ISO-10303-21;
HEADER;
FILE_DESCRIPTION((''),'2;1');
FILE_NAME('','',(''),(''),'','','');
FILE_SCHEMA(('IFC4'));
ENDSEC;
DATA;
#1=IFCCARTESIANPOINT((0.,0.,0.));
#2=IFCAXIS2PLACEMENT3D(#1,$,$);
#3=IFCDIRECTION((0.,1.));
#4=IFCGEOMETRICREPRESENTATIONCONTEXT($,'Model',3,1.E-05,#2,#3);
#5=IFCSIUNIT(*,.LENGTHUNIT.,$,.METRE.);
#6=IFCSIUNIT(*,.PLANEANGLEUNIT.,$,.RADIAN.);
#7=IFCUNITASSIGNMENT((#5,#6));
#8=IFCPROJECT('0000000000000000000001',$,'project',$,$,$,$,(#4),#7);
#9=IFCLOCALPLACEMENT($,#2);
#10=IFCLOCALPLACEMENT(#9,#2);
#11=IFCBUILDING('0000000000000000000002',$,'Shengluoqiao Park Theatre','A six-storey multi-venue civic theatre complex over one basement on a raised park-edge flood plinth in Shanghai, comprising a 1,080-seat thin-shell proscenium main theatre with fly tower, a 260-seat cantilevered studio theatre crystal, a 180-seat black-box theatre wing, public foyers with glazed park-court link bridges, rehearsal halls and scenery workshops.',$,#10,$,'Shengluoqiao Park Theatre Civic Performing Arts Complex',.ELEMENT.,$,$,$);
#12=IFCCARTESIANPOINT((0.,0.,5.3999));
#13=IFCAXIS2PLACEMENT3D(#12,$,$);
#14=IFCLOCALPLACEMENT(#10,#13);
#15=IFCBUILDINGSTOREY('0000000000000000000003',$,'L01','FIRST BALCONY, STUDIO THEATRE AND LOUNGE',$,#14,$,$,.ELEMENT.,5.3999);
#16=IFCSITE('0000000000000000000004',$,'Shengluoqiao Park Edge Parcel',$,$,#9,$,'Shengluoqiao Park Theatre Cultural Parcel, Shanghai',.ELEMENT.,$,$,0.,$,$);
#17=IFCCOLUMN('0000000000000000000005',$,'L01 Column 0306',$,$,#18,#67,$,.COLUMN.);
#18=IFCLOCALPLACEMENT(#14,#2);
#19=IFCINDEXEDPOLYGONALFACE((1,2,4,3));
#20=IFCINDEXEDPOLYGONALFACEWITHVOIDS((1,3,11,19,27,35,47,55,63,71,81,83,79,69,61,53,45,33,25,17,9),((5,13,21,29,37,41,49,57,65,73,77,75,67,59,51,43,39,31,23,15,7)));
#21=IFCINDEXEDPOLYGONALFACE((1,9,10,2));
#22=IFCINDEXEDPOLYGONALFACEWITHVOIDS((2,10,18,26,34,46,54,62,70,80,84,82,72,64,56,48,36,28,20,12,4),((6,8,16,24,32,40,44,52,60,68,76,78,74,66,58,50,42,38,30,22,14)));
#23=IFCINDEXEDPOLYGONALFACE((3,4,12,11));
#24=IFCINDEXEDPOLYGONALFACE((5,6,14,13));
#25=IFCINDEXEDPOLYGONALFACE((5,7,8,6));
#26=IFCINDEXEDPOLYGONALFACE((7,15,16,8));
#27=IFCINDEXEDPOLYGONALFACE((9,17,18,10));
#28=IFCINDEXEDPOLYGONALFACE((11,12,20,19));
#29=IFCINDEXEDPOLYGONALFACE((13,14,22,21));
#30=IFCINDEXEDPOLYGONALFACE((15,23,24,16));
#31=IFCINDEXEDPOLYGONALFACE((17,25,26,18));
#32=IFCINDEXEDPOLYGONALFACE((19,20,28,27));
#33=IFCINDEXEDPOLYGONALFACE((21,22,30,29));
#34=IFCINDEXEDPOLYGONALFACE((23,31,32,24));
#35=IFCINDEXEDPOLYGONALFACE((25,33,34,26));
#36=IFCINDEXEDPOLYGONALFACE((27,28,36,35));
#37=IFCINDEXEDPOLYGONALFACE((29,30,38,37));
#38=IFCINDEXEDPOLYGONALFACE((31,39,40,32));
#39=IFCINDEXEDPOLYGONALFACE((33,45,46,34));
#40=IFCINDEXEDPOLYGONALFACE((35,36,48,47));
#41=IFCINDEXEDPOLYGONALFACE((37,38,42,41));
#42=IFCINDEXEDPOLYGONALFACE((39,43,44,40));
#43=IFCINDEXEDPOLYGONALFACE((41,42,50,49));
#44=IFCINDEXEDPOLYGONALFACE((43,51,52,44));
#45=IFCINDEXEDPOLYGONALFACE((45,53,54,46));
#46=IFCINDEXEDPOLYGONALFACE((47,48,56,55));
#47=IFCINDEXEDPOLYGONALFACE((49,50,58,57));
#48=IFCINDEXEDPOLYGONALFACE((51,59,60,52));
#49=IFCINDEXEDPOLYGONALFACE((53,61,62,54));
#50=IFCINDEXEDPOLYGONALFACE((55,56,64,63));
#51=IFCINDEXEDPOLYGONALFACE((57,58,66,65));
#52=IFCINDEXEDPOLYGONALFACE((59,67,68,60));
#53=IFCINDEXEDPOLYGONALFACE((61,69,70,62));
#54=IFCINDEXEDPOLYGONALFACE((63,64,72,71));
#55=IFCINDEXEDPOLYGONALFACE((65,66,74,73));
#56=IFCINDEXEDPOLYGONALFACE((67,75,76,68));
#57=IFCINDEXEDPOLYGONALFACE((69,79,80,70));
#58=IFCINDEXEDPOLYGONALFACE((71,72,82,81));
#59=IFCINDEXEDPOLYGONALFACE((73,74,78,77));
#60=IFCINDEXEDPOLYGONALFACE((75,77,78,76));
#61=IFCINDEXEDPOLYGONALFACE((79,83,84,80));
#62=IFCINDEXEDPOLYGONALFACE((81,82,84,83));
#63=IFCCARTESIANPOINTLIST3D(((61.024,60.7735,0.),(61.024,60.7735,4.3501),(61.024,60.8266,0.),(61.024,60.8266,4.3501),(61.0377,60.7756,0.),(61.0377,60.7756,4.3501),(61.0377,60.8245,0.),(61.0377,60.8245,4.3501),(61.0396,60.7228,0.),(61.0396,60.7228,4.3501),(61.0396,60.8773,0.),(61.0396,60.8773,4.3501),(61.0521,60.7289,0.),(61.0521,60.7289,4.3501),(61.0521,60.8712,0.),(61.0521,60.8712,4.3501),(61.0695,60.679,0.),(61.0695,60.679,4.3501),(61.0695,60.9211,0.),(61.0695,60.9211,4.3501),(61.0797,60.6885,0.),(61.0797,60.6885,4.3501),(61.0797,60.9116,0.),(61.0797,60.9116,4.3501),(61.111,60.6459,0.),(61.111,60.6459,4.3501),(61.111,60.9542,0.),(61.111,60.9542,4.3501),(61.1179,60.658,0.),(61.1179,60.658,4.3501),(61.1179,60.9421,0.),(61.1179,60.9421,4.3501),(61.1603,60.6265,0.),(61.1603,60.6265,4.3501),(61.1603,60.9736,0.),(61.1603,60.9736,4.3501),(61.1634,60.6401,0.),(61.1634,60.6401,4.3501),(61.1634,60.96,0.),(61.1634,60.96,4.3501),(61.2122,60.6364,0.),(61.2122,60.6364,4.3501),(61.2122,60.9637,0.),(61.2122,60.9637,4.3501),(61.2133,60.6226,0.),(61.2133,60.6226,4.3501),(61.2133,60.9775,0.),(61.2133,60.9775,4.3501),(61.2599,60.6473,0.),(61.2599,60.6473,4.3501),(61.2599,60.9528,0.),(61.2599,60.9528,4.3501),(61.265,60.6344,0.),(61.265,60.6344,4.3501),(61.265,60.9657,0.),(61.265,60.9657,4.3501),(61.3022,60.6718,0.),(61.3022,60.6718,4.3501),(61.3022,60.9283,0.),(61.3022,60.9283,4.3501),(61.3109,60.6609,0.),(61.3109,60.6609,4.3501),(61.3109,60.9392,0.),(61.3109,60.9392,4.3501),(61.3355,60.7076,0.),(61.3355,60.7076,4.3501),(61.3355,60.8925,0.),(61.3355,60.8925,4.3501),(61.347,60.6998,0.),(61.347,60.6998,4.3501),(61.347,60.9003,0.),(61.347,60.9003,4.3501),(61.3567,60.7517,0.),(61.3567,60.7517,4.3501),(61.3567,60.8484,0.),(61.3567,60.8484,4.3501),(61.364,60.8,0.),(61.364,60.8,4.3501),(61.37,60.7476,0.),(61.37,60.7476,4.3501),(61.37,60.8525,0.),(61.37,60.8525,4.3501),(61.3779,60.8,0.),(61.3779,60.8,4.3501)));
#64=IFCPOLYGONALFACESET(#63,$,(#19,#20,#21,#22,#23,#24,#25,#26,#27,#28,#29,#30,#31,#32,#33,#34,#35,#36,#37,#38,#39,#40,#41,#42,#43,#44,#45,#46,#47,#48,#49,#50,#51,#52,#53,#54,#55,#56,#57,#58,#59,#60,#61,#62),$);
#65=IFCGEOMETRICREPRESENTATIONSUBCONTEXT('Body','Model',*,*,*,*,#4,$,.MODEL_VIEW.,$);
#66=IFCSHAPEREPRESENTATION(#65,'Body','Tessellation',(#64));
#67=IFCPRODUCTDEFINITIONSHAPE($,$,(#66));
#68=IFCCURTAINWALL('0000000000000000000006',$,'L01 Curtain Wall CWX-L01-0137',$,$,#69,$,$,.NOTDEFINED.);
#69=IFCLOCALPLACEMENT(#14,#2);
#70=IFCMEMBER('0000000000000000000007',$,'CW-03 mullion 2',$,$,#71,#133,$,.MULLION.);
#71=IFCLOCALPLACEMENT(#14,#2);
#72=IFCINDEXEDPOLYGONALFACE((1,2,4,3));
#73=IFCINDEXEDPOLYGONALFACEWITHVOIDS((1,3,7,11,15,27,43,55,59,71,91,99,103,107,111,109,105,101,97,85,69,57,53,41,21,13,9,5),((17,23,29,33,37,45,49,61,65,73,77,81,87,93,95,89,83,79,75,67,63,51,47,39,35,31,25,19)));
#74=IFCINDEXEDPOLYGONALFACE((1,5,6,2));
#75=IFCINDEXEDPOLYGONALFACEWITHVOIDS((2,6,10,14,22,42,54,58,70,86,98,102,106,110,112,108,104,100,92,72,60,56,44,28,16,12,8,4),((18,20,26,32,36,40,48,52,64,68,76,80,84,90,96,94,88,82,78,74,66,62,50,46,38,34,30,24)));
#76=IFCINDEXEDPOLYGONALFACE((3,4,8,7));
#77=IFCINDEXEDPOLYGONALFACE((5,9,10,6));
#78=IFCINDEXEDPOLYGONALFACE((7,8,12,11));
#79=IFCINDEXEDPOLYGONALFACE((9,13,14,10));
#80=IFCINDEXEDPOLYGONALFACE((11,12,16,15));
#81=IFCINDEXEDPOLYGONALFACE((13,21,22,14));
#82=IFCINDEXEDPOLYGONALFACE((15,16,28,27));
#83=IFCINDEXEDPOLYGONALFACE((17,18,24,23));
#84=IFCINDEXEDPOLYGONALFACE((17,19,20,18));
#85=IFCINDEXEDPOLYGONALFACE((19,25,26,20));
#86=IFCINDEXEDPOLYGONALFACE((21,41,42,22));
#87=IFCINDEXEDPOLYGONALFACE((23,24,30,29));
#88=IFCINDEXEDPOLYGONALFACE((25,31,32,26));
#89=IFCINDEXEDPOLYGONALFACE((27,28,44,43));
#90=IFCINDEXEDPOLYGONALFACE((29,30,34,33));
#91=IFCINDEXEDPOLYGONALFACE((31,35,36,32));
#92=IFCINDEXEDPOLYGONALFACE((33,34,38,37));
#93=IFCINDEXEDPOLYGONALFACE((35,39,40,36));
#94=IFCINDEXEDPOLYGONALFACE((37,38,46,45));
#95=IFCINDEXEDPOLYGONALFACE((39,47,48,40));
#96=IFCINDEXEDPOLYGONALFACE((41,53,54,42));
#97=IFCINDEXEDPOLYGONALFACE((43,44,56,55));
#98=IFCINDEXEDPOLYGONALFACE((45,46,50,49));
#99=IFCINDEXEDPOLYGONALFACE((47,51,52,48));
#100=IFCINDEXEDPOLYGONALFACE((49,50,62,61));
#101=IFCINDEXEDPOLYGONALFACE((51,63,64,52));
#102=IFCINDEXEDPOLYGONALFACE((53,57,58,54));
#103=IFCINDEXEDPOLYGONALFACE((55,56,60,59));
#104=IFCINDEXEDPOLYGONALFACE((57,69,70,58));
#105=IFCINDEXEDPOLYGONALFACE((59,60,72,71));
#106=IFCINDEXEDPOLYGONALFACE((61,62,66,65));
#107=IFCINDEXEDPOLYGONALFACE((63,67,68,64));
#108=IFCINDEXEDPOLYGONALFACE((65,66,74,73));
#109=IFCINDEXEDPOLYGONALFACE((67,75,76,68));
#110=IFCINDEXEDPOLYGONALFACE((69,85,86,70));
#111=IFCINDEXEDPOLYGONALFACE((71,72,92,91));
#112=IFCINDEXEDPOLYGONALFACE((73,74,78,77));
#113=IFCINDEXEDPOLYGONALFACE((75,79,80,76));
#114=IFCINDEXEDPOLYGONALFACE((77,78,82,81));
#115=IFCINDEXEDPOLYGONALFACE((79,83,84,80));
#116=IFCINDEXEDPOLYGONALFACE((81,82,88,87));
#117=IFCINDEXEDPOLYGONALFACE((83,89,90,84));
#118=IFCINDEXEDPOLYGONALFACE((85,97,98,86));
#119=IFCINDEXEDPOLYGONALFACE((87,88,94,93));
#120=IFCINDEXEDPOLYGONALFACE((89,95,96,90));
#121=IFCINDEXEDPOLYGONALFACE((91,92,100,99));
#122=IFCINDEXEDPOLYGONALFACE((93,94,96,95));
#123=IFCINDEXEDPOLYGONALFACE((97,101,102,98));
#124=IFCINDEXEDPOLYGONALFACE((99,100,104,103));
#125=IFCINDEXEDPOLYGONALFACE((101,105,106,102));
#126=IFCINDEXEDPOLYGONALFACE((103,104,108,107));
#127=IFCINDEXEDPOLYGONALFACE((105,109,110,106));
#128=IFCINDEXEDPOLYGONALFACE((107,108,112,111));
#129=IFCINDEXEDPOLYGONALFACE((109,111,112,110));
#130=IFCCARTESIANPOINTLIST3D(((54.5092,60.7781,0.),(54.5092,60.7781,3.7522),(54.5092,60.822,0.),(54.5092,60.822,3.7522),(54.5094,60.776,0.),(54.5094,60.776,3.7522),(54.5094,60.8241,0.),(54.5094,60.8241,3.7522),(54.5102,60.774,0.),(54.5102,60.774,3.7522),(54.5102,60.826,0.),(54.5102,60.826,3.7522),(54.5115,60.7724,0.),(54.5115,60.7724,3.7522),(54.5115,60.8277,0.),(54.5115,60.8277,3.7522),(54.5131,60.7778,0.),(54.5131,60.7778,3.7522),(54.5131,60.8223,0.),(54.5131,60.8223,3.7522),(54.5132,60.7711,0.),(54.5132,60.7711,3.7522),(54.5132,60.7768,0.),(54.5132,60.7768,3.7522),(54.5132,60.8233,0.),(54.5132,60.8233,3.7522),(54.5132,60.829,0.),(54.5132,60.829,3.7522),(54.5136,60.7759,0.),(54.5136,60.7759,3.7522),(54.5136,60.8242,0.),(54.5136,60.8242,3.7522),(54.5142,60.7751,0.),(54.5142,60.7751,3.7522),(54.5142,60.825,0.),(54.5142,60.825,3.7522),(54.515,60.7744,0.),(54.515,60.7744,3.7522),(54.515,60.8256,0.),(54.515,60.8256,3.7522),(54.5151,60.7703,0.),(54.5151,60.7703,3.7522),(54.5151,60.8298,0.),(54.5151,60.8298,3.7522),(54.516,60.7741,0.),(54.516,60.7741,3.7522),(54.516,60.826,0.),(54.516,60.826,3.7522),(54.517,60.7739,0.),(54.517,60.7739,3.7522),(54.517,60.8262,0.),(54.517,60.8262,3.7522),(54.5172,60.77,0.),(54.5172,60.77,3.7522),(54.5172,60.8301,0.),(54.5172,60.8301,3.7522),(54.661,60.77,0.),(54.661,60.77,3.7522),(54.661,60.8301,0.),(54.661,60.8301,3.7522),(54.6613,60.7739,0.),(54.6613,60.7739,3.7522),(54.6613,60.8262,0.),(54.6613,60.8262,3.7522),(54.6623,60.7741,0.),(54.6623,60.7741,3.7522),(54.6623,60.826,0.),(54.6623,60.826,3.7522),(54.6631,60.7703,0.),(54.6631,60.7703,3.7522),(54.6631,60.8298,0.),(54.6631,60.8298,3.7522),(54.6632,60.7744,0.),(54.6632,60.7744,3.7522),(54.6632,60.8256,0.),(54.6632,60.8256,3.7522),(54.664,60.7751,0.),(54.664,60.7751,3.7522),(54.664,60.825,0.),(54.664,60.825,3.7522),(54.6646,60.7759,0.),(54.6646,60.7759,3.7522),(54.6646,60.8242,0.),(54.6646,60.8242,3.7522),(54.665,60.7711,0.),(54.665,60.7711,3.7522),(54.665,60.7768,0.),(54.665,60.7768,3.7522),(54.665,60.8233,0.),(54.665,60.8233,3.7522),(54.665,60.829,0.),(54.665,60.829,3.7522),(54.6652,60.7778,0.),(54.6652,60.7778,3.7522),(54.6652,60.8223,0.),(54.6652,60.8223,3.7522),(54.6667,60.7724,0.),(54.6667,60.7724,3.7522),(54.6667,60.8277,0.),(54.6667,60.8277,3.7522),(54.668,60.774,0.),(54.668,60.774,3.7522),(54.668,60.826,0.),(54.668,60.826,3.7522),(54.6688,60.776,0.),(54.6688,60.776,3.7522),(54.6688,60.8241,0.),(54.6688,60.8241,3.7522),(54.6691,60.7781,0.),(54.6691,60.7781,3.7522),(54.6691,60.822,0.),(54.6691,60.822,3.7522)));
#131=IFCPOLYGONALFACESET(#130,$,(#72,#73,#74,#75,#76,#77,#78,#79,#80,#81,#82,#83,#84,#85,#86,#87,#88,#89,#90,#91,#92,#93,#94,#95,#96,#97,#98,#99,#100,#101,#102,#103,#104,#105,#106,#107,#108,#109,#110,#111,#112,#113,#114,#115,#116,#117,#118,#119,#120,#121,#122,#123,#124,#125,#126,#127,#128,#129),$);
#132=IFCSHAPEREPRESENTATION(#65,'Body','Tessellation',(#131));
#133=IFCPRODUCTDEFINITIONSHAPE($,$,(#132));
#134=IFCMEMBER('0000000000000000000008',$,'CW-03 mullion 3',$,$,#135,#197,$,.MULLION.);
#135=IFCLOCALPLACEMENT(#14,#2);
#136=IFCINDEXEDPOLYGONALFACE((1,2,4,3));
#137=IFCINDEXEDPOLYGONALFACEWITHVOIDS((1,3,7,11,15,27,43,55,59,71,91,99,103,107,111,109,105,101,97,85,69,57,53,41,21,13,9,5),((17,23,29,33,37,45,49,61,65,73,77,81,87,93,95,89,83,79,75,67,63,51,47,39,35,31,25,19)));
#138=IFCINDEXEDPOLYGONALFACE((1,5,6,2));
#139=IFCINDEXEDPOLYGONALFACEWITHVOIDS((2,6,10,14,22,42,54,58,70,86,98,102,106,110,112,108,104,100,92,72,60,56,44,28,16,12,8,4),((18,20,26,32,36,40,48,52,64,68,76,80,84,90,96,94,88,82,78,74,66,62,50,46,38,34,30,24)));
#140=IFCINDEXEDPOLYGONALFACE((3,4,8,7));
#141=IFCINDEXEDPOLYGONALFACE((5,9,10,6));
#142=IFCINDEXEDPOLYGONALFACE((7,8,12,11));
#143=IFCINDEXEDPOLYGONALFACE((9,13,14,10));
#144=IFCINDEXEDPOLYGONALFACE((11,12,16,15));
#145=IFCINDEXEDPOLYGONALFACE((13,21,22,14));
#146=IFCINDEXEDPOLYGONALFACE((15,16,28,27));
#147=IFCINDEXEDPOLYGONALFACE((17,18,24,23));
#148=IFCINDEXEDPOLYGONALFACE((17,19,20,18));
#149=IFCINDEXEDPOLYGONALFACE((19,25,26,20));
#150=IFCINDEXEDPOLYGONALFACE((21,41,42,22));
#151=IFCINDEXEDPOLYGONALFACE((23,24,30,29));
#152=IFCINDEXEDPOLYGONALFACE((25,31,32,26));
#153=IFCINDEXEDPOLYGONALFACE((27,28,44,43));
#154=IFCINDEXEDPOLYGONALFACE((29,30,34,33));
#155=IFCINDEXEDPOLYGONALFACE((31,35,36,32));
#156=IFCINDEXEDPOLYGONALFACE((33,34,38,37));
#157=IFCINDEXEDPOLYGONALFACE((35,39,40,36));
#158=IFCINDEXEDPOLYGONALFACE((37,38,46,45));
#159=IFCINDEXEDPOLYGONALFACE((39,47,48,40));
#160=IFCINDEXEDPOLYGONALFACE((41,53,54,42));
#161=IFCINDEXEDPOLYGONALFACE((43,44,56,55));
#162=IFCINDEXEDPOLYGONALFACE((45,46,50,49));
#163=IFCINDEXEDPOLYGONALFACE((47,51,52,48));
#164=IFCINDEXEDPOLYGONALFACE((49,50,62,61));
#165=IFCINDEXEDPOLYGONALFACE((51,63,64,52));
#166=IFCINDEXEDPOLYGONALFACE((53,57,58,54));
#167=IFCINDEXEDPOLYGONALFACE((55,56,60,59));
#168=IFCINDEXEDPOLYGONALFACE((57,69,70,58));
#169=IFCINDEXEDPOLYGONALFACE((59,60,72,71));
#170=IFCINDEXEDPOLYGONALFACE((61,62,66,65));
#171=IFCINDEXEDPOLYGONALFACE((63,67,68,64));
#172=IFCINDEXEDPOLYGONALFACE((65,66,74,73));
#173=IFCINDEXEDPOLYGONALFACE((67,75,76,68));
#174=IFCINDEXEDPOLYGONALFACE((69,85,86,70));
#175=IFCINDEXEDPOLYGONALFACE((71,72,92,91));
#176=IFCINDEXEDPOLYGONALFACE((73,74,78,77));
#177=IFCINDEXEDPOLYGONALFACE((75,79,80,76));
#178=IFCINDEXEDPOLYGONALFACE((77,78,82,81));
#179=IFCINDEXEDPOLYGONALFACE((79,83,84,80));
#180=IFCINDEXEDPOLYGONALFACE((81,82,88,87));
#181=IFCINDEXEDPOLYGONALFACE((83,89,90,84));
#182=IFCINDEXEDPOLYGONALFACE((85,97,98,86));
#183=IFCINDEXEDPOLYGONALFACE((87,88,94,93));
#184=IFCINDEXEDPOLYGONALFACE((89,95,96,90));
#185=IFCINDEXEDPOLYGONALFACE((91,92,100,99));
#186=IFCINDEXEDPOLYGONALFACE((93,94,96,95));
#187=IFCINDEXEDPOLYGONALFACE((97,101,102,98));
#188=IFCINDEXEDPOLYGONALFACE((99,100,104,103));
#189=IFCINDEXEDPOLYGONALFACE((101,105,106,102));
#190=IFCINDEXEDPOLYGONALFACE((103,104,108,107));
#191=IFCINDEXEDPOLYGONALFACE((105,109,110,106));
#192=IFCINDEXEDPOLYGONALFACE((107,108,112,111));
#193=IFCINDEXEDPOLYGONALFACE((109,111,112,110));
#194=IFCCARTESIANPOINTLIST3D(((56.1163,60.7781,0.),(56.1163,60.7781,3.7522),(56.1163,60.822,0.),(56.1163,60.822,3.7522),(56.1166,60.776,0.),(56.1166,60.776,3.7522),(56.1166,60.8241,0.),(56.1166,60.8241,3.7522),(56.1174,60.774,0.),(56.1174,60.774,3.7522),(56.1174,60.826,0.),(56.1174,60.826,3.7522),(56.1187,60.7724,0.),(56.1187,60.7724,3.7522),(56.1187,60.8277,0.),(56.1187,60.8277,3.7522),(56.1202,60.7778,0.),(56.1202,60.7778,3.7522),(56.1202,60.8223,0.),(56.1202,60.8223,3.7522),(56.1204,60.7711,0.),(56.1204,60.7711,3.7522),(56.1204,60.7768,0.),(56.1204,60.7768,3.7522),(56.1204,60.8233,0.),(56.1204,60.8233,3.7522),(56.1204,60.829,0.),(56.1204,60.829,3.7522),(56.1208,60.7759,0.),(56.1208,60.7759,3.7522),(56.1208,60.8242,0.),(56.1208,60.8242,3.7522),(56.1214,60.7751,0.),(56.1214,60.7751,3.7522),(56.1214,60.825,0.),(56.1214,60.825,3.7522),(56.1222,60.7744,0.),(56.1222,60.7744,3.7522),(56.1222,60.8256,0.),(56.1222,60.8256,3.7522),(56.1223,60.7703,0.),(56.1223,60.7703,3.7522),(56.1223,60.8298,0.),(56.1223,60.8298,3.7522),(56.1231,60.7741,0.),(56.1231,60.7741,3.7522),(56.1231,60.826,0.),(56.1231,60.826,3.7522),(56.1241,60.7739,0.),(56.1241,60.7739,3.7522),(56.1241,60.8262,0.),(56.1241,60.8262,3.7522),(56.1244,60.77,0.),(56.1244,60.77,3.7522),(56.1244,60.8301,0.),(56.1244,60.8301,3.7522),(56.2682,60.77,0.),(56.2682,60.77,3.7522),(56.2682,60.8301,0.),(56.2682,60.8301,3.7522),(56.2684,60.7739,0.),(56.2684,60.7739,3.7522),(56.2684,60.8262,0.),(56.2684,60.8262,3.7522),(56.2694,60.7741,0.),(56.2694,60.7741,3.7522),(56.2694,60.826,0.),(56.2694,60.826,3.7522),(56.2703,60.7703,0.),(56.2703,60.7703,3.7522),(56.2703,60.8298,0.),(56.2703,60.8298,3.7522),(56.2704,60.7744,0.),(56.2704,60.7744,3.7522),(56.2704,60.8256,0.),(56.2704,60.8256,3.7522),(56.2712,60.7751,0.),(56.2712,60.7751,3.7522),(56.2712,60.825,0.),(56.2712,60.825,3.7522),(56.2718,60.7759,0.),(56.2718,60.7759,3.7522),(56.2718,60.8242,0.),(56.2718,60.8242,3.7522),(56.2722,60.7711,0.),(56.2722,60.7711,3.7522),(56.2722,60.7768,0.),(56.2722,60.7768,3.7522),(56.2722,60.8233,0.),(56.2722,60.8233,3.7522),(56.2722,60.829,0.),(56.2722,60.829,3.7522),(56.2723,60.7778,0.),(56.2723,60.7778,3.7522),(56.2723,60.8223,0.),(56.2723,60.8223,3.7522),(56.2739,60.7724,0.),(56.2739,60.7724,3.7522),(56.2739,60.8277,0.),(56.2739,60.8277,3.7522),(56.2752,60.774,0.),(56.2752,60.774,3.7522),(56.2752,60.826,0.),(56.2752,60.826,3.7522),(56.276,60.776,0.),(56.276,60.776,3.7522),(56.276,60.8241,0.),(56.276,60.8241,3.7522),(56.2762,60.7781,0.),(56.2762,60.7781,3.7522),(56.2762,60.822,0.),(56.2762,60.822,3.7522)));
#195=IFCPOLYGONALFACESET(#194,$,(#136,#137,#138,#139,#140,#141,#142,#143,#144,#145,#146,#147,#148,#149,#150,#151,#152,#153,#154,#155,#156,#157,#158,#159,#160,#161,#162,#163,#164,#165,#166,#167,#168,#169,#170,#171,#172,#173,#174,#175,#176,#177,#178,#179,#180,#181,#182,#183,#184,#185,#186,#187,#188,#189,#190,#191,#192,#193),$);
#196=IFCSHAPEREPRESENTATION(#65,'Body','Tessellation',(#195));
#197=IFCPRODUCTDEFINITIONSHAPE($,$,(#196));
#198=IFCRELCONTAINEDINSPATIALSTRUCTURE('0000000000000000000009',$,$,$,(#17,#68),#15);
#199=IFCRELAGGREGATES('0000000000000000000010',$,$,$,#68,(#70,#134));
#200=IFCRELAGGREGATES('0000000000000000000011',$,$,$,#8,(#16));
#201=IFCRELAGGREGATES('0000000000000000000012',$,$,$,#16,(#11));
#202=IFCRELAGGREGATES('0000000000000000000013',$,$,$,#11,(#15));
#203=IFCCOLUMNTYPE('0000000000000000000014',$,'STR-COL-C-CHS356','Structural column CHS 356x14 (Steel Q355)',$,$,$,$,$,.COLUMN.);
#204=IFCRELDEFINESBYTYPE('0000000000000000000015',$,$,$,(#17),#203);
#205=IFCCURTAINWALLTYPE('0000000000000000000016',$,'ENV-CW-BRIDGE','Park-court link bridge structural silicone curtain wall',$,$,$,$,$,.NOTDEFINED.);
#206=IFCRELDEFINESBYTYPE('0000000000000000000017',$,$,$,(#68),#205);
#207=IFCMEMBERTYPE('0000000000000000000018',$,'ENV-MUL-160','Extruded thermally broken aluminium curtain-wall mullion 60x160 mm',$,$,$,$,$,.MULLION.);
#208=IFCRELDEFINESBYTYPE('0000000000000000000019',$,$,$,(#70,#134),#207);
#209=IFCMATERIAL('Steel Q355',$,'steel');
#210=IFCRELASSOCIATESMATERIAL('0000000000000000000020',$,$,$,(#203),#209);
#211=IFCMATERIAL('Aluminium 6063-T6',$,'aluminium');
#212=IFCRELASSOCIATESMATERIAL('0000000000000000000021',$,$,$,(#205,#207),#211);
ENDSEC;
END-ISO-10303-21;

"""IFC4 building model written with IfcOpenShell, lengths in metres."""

from ifc_helpers import new_model, si_unit, direction, frame, origin, origin_2d, place, context, subcontext, project, spatial, hollow_rectangle, hollow_circle, extrude, material, material_profile, profile_set, type_object, element, aggregate, save


model = new_model("IFC4")

# Units and contexts
model_context = context("Model", 3, precision=1e-05, world=origin(), true_north=direction((0.0, 1.0)))
body_context = subcontext(model_context, "Body", "Model", "MODEL_VIEW")
ifc_project = project(units=[si_unit("LENGTHUNIT", "METRE"), si_unit("PLANEANGLEUNIT", "RADIAN")], contexts=[model_context])

# Site, building, storey
site_placement = place(None, origin())
site = spatial("IfcSite", under=ifc_project, at=site_placement, Name="Shengluoqiao Park Edge Parcel", LongName="Shengluoqiao Park Theatre Cultural Parcel, Shanghai", CompositionType="ELEMENT", RefElevation=0.0)
building_placement = place(site_placement, origin())
building = spatial("IfcBuilding", under=site, at=building_placement, Name="Shengluoqiao Park Theatre", Description="A six-storey multi-venue civic theatre complex over one basement on a raised park-edge flood plinth in Shanghai, comprising a 1,080-seat thin-shell proscenium main theatre with fly tower, a 260-seat cantilevered studio theatre crystal, a 180-seat black-box theatre wing, public foyers with glazed park-court link bridges, rehearsal halls and scenery workshops.", LongName="Shengluoqiao Park Theatre Civic Performing Arts Complex", CompositionType="ELEMENT")
storey_placement = place(building_placement, frame((0.0, 0.0, 5.3999)))
storey = spatial("IfcBuildingStorey", under=building, at=storey_placement, Name="L01", Description="FIRST BALCONY, STUDIO THEATRE AND LOUNGE", CompositionType="ELEMENT", Elevation=5.3999)

# Column
ifc_material_1 = material(Name="Steel Q355", Category="steel")
ifc_material_profile_1 = material_profile(ifc_material_1, hollow_circle(Radius=0.178, WallThickness=0.0139, at=origin_2d()), Name="CHS 356x14")
ifc_profile_set_1 = profile_set([ifc_material_profile_1], Name="Steel Q355")
column_type = type_object("IfcColumnType", Name="STR-COL-C-CHS356", Description="Structural column CHS 356x14 (Steel Q355)", PredefinedType="COLUMN", material=ifc_profile_set_1)
column_placement = place(storey_placement, frame((61.2, 60.8, 0.0), z_axis=(0.0, 0.0, 1.0), x_axis=(1.0, 0.0, 0.0)))
element("IfcColumn", 1, at=column_placement, inside=storey, type_object=column_type, Name="L01 Column 0306", PredefinedType="COLUMN", context=body_context, shape_type="SweptSolid", body=[
    extrude(hollow_circle(Radius=0.178, WallThickness=0.0139, at=origin_2d()), origin(), (0.0, 0.0, 1.0), 4.3501),
])

# Curtain wall, members
ifc_material_2 = material(Name="Aluminium 6063-T6", Category="aluminium")
curtain_wall_type_1 = type_object("IfcCurtainWallType", Name="ENV-CW-BRIDGE", Description="Park-court link bridge structural silicone curtain wall", PredefinedType="NOTDEFINED", material=ifc_material_2)
curtain_wall_1_placement = place(storey_placement, origin())
curtain_wall_1 = element("IfcCurtainWall", 2, at=curtain_wall_1_placement, inside=storey, type_object=curtain_wall_type_1, Name="L01 Curtain Wall CWX-L01-0137", PredefinedType="NOTDEFINED")
ifc_material_profile_2 = material_profile(ifc_material_2, hollow_rectangle(XDim=0.0601, YDim=0.1599, WallThickness=0.0039, InnerFilletRadius=0.0039, OuterFilletRadius=0.0081, at=origin_2d()), Name="ALU MULLION 160x60x4")
ifc_profile_set_2 = profile_set([ifc_material_profile_2], Name="Aluminium 6063-T6")
member_type_1 = type_object("IfcMemberType", Name="ENV-MUL-160", Description="Extruded thermally broken aluminium curtain-wall mullion 60x160 mm", PredefinedType="MULLION", material=ifc_profile_set_2)
member_1_placement = place(storey_placement, frame((54.5891, 60.8, 0.0), z_axis=(0.0, 0.0, 1.0), x_axis=(0.0, 1.0, 0.0)))
member_1 = element("IfcMember", 3, at=member_1_placement, type_object=member_type_1, Name="CW-03 mullion 2", PredefinedType="MULLION", context=body_context, shape_type="SweptSolid", body=[
    extrude(hollow_rectangle(XDim=0.0601, YDim=0.1599, WallThickness=0.0039, InnerFilletRadius=0.0039, OuterFilletRadius=0.0081, at=origin_2d()), origin(), (0.0, 0.0, 1.0), 3.7522),
])
member_2_placement = place(storey_placement, frame((56.1963, 60.8, 0.0), z_axis=(0.0, 0.0, 1.0), x_axis=(0.0, 1.0, 0.0)))
member_2 = element("IfcMember", 4, at=member_2_placement, type_object=member_type_1, Name="CW-03 mullion 3", PredefinedType="MULLION", context=body_context, shape_type="SweptSolid", body=[
    extrude(hollow_rectangle(XDim=0.0601, YDim=0.1599, WallThickness=0.0039, InnerFilletRadius=0.0039, OuterFilletRadius=0.0081, at=origin_2d()), origin(), (0.0, 0.0, 1.0), 3.7522),
])

aggregate(curtain_wall_1, [member_1, member_2])

save(model, "model.ifc")
